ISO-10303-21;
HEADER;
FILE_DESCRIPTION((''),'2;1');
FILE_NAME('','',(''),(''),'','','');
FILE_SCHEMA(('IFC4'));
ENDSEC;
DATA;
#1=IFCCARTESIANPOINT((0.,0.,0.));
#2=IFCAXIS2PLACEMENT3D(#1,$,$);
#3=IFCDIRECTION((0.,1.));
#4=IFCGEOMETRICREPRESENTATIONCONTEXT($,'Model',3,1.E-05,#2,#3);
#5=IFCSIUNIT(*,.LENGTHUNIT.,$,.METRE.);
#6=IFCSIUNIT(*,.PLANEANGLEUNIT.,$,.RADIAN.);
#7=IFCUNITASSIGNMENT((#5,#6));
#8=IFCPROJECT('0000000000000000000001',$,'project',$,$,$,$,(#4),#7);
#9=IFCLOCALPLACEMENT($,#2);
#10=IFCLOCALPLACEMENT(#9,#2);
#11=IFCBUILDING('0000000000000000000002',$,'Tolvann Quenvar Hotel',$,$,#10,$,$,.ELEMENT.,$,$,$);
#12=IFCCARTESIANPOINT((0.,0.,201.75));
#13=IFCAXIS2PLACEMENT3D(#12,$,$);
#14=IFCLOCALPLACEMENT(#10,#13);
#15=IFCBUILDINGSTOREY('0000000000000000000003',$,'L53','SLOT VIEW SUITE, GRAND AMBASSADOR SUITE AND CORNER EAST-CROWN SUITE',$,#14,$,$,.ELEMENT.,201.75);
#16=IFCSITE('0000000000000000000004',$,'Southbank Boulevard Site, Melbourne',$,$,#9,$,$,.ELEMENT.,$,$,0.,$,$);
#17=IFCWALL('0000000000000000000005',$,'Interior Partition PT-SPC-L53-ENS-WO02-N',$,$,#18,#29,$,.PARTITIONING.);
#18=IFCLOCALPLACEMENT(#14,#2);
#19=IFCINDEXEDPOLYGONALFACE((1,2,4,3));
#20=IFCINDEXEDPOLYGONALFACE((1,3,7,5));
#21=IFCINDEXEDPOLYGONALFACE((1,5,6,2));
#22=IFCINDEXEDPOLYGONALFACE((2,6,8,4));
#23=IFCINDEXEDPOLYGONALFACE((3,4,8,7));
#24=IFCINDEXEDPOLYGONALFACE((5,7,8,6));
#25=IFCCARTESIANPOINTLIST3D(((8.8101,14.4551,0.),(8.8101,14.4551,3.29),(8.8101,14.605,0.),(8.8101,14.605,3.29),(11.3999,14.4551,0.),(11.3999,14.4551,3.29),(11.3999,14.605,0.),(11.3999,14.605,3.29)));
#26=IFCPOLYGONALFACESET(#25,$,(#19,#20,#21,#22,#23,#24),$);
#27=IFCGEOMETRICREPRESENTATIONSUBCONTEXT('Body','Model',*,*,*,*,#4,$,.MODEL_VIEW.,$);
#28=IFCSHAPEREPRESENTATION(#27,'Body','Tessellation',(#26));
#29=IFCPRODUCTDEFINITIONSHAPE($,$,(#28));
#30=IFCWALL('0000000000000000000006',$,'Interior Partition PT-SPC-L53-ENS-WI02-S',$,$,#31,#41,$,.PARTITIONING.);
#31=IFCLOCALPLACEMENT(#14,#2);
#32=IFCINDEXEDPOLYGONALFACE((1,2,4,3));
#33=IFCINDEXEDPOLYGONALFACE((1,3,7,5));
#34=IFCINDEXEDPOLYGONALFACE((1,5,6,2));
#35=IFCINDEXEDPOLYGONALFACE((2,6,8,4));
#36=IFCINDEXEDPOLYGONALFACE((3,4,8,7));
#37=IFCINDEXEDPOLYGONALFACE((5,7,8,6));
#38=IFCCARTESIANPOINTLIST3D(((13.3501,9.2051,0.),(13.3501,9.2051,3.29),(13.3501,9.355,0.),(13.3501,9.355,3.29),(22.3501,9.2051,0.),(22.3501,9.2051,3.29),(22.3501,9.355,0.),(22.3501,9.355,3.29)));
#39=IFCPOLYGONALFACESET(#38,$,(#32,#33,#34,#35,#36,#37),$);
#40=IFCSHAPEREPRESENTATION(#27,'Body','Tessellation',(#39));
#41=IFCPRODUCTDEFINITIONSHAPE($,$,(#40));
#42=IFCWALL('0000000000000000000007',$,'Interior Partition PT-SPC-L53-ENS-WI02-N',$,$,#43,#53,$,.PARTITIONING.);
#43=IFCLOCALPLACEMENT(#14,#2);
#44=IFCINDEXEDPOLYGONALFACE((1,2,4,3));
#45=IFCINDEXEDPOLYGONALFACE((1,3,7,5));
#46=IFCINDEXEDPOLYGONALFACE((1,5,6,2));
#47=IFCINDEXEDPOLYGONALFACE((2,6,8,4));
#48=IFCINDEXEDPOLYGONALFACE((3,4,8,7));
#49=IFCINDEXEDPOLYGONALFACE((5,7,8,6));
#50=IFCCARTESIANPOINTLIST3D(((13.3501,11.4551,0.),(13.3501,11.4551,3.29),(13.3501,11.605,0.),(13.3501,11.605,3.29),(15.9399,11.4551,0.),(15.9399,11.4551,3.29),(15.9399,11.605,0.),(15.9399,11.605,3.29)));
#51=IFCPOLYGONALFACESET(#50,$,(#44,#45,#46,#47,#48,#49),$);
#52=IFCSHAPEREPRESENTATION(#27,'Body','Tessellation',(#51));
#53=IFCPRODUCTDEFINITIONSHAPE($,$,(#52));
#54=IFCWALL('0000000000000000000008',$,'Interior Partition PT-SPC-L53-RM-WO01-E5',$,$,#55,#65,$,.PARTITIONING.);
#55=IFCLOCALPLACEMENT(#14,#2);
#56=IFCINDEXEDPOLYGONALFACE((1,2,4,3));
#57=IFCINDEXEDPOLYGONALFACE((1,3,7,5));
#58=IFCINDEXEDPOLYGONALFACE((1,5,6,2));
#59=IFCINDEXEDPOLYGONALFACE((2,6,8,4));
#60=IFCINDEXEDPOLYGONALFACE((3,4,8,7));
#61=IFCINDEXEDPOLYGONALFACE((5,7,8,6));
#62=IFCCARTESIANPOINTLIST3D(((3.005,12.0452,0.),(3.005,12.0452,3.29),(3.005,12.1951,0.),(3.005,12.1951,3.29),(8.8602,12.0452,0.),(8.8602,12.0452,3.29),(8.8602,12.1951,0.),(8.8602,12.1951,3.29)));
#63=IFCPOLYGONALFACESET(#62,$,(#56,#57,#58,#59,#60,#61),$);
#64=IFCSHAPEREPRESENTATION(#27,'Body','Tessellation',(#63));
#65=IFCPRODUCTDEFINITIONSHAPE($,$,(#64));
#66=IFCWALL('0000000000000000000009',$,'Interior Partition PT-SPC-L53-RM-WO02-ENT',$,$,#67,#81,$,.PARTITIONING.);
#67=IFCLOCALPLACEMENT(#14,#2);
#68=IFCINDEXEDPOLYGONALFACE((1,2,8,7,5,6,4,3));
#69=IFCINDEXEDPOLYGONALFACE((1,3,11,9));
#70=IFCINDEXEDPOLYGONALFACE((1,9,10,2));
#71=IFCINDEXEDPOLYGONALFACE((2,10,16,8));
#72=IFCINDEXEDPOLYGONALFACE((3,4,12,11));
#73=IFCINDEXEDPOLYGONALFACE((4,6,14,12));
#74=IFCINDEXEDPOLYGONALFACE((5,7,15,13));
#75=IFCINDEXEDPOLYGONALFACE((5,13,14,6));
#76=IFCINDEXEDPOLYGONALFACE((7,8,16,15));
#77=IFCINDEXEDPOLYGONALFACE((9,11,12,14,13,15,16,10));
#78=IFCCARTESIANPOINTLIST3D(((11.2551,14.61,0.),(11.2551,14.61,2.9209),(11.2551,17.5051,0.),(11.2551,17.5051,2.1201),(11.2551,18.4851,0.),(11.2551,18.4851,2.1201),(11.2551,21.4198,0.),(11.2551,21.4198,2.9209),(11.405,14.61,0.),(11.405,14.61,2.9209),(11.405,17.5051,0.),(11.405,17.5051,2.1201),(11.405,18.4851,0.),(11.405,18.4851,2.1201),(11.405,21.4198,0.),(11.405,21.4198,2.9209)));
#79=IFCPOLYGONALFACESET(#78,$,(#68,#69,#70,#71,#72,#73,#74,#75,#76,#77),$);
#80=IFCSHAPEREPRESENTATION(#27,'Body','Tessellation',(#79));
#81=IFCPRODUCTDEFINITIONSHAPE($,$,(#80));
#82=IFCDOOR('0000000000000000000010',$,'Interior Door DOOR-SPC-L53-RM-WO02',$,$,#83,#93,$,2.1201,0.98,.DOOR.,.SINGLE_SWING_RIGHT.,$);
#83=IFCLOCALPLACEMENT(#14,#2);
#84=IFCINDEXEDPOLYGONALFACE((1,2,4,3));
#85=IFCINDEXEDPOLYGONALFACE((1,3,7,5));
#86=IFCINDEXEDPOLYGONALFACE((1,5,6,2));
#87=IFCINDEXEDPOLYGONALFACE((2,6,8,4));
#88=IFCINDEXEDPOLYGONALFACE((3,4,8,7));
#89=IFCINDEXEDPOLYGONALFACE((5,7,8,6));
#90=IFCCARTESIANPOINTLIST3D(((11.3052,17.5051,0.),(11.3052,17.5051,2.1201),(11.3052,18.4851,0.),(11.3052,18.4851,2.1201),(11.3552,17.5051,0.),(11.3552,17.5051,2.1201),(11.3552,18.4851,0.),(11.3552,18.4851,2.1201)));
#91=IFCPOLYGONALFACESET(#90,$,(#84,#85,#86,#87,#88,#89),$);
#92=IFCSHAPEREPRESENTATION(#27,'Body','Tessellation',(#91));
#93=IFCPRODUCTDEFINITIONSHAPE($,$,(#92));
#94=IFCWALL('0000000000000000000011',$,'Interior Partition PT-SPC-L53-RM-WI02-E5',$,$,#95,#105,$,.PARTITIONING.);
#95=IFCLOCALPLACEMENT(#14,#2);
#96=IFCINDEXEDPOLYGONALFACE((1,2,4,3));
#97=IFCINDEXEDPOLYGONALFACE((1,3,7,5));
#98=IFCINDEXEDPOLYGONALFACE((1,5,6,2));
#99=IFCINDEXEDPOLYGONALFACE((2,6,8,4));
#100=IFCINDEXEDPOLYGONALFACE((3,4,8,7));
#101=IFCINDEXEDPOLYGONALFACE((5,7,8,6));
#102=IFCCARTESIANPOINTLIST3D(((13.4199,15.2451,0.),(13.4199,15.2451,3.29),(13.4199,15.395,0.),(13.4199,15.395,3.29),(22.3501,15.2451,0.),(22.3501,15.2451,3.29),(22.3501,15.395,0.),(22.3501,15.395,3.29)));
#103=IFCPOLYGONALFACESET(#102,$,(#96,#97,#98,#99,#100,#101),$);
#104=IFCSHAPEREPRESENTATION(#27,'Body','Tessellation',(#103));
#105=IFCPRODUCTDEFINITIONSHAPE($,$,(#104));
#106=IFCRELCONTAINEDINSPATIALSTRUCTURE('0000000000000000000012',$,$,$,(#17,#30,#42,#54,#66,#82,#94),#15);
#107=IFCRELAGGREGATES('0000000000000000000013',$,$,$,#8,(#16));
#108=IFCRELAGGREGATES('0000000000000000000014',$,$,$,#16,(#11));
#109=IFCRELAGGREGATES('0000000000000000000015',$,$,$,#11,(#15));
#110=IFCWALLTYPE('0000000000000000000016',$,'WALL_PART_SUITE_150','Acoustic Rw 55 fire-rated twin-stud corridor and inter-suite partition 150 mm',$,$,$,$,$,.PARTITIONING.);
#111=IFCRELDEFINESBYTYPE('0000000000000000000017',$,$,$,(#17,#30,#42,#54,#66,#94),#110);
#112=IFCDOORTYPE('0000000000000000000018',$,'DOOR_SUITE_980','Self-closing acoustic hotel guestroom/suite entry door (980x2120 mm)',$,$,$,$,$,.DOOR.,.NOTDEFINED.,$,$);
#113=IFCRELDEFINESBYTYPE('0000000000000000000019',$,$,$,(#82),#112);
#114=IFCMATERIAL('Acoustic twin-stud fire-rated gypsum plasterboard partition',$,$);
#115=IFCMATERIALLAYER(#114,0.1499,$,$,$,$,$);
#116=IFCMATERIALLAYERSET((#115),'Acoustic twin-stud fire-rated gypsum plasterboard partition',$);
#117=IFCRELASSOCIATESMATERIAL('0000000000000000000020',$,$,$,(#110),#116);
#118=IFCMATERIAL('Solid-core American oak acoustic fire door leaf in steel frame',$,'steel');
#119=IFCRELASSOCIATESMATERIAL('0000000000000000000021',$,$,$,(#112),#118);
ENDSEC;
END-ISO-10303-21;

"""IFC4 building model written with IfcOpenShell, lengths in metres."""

from ifc_helpers import new_model, si_unit, direction, frame, frame_2d, origin, place, context, subcontext, project, spatial, rectangle, extrude, source, transform, mapped, material, layer, layer_set, type_object, type_shapes, element, fill, save


model = new_model("IFC4")

# Units and contexts
model_context = context("Model", 3, precision=1e-05, world=origin(), true_north=direction((0.0, 1.0)))
body_context = subcontext(model_context, "Body", "Model", "MODEL_VIEW")
ifc_project = project(units=[si_unit("LENGTHUNIT", "METRE"), si_unit("PLANEANGLEUNIT", "RADIAN")], contexts=[model_context])

# Site, building, storey
site_placement = place(None, origin())
site = spatial("IfcSite", under=ifc_project, at=site_placement, Name="Southbank Boulevard Site, Melbourne", CompositionType="ELEMENT", RefElevation=0.0)
building_placement = place(site_placement, origin())
building = spatial("IfcBuilding", under=site, at=building_placement, Name="Tolvann Quenvar Hotel", CompositionType="ELEMENT")
storey_placement = place(building_placement, frame((0.0, 0.0, 201.75)))
storey = spatial("IfcBuildingStorey", under=building, at=storey_placement, Name="L53", Description="SLOT VIEW SUITE, GRAND AMBASSADOR SUITE AND CORNER EAST-CROWN SUITE", CompositionType="ELEMENT", Elevation=201.75)

# Shared definitions
ifc_material_1 = material(Name="Acoustic twin-stud fire-rated gypsum plasterboard partition")
ifc_layer_1 = layer(ifc_material_1, 0.1499)
ifc_layer_set_1 = layer_set([ifc_layer_1], Name="Acoustic twin-stud fire-rated gypsum plasterboard partition")
wall_type_1 = type_object("IfcWallType", Name="WALL_PART_SUITE_150", Description="Acoustic Rw 55 fire-rated twin-stud corridor and inter-suite partition 150 mm", PredefinedType="PARTITIONING", material=ifc_layer_set_1)
ifc_material_2 = material(Name="Solid-core American oak acoustic fire door leaf in steel frame", Category="steel")

# Walls
wall_1_placement = place(storey_placement, frame((8.8101, 14.53, 0.0), z_axis=(0.0, 0.0, 1.0), x_axis=(1.0, 0.0, 0.0)))
element("IfcWall", 1, at=wall_1_placement, inside=storey, type_object=wall_type_1, Name="Interior Partition PT-SPC-L53-ENS-WO02-N", PredefinedType="PARTITIONING", context=body_context, shape_type="SweptSolid", body=[
    extrude(rectangle(XDim=2.5898, YDim=0.1499, at=frame_2d((1.2949, 0.0))), origin(), (0.0, 0.0, 1.0), 3.29),
])
wall_2_placement = place(storey_placement, frame((13.3501, 9.28, 0.0), z_axis=(0.0, 0.0, 1.0), x_axis=(1.0, 0.0, 0.0)))
element("IfcWall", 2, at=wall_2_placement, inside=storey, type_object=wall_type_1, Name="Interior Partition PT-SPC-L53-ENS-WI02-S", PredefinedType="PARTITIONING", context=body_context, shape_type="SweptSolid", body=[
    extrude(rectangle(XDim=9.0, YDim=0.1499, at=frame_2d((4.5, 0.0))), origin(), (0.0, 0.0, 1.0), 3.29),
])
wall_3_placement = place(storey_placement, frame((13.3501, 11.53, 0.0), z_axis=(0.0, 0.0, 1.0), x_axis=(1.0, 0.0, 0.0)))
element("IfcWall", 3, at=wall_3_placement, inside=storey, type_object=wall_type_1, Name="Interior Partition PT-SPC-L53-ENS-WI02-N", PredefinedType="PARTITIONING", context=body_context, shape_type="SweptSolid", body=[
    extrude(rectangle(XDim=2.5898, YDim=0.1499, at=frame_2d((1.2949, 0.0))), origin(), (0.0, 0.0, 1.0), 3.29),
])
wall_4_placement = place(storey_placement, frame((3.0049, 12.1201, 0.0), z_axis=(0.0, 0.0, 1.0), x_axis=(1.0, 0.0, 0.0)))
element("IfcWall", 4, at=wall_4_placement, inside=storey, type_object=wall_type_1, Name="Interior Partition PT-SPC-L53-RM-WO01-E5", PredefinedType="PARTITIONING", context=body_context, shape_type="SweptSolid", body=[
    extrude(rectangle(XDim=5.8552, YDim=0.1499, at=frame_2d((2.9277, 0.0))), origin(), (0.0, 0.0, 1.0), 3.29),
])

# Wall, opening, door
wall_5_placement = place(storey_placement, frame((11.3301, 14.6101, 0.0), z_axis=(0.0, 0.0, 1.0), x_axis=(0.0, 1.0, 0.0)))
wall_5 = element("IfcWall", 5, at=wall_5_placement, inside=storey, type_object=wall_type_1, Name="Interior Partition PT-SPC-L53-RM-WO02-ENT", PredefinedType="PARTITIONING", context=body_context, shape_type="SweptSolid", body=[
    extrude(rectangle(XDim=6.8098, YDim=0.1499, at=frame_2d((3.4048, 0.0))), origin(), (0.0, 0.0, 1.0), 2.9209),
])
opening_1_placement = place(wall_5_placement, frame((2.895, 0.0, 0.0)))
opening_1 = element("IfcOpeningElement", 6, at=opening_1_placement, cuts=wall_5, PredefinedType="OPENING", context=body_context, shape_type="SweptSolid", body=[
    extrude(rectangle(XDim=0.98, YDim=2.1201, at=frame_2d((0.49, 1.0601))), frame((0.0, 0.085, 0.0), z_axis=(0.0, -1.0, 0.0), x_axis=(1.0, 0.0, 0.0)), (0.0, 0.0, 1.0), 0.1699),
])
door_type_1 = type_object("IfcDoorType", Name="DOOR_SUITE_980", Description="Self-closing acoustic hotel guestroom/suite entry door (980x2120 mm)", OperationType="NOTDEFINED", PredefinedType="DOOR", material=ifc_material_2)
shared_shape_1 = source(origin(), body_context, "Body", "SweptSolid", [
    extrude(rectangle(XDim=0.98, YDim=2.1201, at=frame_2d((0.49, 1.0601))), frame((0.0, 0.0249, 0.0), z_axis=(0.0, -1.0, 0.0), x_axis=(1.0, 0.0, 0.0)), (0.0, 0.0, 1.0), 0.05),
])
type_shapes(door_type_1, [shared_shape_1])
door_1_placement = place(opening_1_placement, origin())
door_1 = element("IfcDoor", 7, at=door_1_placement, inside=storey, type_object=door_type_1, Name="Interior Door DOOR-SPC-L53-RM-WO02", OperationType="SINGLE_SWING_RIGHT", OverallHeight=2.1201, OverallWidth=0.98, PredefinedType="DOOR", context=body_context, shape_type="MappedRepresentation", body=[
    mapped(shared_shape_1, transform((0.0, 0.0, 0.0), x_axis=(1.0, 0.0, 0.0), y_axis=(0.0, 1.0, 0.0), z_axis=(0.0, 0.0, 1.0), scale=1.0)),
])
fill(opening_1, door_1)

# Wall
wall_6_placement = place(storey_placement, frame((13.4199, 15.3201, 0.0), z_axis=(0.0, 0.0, 1.0), x_axis=(1.0, 0.0, 0.0)))
element("IfcWall", 8, at=wall_6_placement, inside=storey, type_object=wall_type_1, Name="Interior Partition PT-SPC-L53-RM-WI02-E5", PredefinedType="PARTITIONING", context=body_context, shape_type="SweptSolid", body=[
    extrude(rectangle(XDim=8.9302, YDim=0.1499, at=frame_2d((4.4651, 0.0))), origin(), (0.0, 0.0, 1.0), 3.29),
])

save(model, "model.ifc")
